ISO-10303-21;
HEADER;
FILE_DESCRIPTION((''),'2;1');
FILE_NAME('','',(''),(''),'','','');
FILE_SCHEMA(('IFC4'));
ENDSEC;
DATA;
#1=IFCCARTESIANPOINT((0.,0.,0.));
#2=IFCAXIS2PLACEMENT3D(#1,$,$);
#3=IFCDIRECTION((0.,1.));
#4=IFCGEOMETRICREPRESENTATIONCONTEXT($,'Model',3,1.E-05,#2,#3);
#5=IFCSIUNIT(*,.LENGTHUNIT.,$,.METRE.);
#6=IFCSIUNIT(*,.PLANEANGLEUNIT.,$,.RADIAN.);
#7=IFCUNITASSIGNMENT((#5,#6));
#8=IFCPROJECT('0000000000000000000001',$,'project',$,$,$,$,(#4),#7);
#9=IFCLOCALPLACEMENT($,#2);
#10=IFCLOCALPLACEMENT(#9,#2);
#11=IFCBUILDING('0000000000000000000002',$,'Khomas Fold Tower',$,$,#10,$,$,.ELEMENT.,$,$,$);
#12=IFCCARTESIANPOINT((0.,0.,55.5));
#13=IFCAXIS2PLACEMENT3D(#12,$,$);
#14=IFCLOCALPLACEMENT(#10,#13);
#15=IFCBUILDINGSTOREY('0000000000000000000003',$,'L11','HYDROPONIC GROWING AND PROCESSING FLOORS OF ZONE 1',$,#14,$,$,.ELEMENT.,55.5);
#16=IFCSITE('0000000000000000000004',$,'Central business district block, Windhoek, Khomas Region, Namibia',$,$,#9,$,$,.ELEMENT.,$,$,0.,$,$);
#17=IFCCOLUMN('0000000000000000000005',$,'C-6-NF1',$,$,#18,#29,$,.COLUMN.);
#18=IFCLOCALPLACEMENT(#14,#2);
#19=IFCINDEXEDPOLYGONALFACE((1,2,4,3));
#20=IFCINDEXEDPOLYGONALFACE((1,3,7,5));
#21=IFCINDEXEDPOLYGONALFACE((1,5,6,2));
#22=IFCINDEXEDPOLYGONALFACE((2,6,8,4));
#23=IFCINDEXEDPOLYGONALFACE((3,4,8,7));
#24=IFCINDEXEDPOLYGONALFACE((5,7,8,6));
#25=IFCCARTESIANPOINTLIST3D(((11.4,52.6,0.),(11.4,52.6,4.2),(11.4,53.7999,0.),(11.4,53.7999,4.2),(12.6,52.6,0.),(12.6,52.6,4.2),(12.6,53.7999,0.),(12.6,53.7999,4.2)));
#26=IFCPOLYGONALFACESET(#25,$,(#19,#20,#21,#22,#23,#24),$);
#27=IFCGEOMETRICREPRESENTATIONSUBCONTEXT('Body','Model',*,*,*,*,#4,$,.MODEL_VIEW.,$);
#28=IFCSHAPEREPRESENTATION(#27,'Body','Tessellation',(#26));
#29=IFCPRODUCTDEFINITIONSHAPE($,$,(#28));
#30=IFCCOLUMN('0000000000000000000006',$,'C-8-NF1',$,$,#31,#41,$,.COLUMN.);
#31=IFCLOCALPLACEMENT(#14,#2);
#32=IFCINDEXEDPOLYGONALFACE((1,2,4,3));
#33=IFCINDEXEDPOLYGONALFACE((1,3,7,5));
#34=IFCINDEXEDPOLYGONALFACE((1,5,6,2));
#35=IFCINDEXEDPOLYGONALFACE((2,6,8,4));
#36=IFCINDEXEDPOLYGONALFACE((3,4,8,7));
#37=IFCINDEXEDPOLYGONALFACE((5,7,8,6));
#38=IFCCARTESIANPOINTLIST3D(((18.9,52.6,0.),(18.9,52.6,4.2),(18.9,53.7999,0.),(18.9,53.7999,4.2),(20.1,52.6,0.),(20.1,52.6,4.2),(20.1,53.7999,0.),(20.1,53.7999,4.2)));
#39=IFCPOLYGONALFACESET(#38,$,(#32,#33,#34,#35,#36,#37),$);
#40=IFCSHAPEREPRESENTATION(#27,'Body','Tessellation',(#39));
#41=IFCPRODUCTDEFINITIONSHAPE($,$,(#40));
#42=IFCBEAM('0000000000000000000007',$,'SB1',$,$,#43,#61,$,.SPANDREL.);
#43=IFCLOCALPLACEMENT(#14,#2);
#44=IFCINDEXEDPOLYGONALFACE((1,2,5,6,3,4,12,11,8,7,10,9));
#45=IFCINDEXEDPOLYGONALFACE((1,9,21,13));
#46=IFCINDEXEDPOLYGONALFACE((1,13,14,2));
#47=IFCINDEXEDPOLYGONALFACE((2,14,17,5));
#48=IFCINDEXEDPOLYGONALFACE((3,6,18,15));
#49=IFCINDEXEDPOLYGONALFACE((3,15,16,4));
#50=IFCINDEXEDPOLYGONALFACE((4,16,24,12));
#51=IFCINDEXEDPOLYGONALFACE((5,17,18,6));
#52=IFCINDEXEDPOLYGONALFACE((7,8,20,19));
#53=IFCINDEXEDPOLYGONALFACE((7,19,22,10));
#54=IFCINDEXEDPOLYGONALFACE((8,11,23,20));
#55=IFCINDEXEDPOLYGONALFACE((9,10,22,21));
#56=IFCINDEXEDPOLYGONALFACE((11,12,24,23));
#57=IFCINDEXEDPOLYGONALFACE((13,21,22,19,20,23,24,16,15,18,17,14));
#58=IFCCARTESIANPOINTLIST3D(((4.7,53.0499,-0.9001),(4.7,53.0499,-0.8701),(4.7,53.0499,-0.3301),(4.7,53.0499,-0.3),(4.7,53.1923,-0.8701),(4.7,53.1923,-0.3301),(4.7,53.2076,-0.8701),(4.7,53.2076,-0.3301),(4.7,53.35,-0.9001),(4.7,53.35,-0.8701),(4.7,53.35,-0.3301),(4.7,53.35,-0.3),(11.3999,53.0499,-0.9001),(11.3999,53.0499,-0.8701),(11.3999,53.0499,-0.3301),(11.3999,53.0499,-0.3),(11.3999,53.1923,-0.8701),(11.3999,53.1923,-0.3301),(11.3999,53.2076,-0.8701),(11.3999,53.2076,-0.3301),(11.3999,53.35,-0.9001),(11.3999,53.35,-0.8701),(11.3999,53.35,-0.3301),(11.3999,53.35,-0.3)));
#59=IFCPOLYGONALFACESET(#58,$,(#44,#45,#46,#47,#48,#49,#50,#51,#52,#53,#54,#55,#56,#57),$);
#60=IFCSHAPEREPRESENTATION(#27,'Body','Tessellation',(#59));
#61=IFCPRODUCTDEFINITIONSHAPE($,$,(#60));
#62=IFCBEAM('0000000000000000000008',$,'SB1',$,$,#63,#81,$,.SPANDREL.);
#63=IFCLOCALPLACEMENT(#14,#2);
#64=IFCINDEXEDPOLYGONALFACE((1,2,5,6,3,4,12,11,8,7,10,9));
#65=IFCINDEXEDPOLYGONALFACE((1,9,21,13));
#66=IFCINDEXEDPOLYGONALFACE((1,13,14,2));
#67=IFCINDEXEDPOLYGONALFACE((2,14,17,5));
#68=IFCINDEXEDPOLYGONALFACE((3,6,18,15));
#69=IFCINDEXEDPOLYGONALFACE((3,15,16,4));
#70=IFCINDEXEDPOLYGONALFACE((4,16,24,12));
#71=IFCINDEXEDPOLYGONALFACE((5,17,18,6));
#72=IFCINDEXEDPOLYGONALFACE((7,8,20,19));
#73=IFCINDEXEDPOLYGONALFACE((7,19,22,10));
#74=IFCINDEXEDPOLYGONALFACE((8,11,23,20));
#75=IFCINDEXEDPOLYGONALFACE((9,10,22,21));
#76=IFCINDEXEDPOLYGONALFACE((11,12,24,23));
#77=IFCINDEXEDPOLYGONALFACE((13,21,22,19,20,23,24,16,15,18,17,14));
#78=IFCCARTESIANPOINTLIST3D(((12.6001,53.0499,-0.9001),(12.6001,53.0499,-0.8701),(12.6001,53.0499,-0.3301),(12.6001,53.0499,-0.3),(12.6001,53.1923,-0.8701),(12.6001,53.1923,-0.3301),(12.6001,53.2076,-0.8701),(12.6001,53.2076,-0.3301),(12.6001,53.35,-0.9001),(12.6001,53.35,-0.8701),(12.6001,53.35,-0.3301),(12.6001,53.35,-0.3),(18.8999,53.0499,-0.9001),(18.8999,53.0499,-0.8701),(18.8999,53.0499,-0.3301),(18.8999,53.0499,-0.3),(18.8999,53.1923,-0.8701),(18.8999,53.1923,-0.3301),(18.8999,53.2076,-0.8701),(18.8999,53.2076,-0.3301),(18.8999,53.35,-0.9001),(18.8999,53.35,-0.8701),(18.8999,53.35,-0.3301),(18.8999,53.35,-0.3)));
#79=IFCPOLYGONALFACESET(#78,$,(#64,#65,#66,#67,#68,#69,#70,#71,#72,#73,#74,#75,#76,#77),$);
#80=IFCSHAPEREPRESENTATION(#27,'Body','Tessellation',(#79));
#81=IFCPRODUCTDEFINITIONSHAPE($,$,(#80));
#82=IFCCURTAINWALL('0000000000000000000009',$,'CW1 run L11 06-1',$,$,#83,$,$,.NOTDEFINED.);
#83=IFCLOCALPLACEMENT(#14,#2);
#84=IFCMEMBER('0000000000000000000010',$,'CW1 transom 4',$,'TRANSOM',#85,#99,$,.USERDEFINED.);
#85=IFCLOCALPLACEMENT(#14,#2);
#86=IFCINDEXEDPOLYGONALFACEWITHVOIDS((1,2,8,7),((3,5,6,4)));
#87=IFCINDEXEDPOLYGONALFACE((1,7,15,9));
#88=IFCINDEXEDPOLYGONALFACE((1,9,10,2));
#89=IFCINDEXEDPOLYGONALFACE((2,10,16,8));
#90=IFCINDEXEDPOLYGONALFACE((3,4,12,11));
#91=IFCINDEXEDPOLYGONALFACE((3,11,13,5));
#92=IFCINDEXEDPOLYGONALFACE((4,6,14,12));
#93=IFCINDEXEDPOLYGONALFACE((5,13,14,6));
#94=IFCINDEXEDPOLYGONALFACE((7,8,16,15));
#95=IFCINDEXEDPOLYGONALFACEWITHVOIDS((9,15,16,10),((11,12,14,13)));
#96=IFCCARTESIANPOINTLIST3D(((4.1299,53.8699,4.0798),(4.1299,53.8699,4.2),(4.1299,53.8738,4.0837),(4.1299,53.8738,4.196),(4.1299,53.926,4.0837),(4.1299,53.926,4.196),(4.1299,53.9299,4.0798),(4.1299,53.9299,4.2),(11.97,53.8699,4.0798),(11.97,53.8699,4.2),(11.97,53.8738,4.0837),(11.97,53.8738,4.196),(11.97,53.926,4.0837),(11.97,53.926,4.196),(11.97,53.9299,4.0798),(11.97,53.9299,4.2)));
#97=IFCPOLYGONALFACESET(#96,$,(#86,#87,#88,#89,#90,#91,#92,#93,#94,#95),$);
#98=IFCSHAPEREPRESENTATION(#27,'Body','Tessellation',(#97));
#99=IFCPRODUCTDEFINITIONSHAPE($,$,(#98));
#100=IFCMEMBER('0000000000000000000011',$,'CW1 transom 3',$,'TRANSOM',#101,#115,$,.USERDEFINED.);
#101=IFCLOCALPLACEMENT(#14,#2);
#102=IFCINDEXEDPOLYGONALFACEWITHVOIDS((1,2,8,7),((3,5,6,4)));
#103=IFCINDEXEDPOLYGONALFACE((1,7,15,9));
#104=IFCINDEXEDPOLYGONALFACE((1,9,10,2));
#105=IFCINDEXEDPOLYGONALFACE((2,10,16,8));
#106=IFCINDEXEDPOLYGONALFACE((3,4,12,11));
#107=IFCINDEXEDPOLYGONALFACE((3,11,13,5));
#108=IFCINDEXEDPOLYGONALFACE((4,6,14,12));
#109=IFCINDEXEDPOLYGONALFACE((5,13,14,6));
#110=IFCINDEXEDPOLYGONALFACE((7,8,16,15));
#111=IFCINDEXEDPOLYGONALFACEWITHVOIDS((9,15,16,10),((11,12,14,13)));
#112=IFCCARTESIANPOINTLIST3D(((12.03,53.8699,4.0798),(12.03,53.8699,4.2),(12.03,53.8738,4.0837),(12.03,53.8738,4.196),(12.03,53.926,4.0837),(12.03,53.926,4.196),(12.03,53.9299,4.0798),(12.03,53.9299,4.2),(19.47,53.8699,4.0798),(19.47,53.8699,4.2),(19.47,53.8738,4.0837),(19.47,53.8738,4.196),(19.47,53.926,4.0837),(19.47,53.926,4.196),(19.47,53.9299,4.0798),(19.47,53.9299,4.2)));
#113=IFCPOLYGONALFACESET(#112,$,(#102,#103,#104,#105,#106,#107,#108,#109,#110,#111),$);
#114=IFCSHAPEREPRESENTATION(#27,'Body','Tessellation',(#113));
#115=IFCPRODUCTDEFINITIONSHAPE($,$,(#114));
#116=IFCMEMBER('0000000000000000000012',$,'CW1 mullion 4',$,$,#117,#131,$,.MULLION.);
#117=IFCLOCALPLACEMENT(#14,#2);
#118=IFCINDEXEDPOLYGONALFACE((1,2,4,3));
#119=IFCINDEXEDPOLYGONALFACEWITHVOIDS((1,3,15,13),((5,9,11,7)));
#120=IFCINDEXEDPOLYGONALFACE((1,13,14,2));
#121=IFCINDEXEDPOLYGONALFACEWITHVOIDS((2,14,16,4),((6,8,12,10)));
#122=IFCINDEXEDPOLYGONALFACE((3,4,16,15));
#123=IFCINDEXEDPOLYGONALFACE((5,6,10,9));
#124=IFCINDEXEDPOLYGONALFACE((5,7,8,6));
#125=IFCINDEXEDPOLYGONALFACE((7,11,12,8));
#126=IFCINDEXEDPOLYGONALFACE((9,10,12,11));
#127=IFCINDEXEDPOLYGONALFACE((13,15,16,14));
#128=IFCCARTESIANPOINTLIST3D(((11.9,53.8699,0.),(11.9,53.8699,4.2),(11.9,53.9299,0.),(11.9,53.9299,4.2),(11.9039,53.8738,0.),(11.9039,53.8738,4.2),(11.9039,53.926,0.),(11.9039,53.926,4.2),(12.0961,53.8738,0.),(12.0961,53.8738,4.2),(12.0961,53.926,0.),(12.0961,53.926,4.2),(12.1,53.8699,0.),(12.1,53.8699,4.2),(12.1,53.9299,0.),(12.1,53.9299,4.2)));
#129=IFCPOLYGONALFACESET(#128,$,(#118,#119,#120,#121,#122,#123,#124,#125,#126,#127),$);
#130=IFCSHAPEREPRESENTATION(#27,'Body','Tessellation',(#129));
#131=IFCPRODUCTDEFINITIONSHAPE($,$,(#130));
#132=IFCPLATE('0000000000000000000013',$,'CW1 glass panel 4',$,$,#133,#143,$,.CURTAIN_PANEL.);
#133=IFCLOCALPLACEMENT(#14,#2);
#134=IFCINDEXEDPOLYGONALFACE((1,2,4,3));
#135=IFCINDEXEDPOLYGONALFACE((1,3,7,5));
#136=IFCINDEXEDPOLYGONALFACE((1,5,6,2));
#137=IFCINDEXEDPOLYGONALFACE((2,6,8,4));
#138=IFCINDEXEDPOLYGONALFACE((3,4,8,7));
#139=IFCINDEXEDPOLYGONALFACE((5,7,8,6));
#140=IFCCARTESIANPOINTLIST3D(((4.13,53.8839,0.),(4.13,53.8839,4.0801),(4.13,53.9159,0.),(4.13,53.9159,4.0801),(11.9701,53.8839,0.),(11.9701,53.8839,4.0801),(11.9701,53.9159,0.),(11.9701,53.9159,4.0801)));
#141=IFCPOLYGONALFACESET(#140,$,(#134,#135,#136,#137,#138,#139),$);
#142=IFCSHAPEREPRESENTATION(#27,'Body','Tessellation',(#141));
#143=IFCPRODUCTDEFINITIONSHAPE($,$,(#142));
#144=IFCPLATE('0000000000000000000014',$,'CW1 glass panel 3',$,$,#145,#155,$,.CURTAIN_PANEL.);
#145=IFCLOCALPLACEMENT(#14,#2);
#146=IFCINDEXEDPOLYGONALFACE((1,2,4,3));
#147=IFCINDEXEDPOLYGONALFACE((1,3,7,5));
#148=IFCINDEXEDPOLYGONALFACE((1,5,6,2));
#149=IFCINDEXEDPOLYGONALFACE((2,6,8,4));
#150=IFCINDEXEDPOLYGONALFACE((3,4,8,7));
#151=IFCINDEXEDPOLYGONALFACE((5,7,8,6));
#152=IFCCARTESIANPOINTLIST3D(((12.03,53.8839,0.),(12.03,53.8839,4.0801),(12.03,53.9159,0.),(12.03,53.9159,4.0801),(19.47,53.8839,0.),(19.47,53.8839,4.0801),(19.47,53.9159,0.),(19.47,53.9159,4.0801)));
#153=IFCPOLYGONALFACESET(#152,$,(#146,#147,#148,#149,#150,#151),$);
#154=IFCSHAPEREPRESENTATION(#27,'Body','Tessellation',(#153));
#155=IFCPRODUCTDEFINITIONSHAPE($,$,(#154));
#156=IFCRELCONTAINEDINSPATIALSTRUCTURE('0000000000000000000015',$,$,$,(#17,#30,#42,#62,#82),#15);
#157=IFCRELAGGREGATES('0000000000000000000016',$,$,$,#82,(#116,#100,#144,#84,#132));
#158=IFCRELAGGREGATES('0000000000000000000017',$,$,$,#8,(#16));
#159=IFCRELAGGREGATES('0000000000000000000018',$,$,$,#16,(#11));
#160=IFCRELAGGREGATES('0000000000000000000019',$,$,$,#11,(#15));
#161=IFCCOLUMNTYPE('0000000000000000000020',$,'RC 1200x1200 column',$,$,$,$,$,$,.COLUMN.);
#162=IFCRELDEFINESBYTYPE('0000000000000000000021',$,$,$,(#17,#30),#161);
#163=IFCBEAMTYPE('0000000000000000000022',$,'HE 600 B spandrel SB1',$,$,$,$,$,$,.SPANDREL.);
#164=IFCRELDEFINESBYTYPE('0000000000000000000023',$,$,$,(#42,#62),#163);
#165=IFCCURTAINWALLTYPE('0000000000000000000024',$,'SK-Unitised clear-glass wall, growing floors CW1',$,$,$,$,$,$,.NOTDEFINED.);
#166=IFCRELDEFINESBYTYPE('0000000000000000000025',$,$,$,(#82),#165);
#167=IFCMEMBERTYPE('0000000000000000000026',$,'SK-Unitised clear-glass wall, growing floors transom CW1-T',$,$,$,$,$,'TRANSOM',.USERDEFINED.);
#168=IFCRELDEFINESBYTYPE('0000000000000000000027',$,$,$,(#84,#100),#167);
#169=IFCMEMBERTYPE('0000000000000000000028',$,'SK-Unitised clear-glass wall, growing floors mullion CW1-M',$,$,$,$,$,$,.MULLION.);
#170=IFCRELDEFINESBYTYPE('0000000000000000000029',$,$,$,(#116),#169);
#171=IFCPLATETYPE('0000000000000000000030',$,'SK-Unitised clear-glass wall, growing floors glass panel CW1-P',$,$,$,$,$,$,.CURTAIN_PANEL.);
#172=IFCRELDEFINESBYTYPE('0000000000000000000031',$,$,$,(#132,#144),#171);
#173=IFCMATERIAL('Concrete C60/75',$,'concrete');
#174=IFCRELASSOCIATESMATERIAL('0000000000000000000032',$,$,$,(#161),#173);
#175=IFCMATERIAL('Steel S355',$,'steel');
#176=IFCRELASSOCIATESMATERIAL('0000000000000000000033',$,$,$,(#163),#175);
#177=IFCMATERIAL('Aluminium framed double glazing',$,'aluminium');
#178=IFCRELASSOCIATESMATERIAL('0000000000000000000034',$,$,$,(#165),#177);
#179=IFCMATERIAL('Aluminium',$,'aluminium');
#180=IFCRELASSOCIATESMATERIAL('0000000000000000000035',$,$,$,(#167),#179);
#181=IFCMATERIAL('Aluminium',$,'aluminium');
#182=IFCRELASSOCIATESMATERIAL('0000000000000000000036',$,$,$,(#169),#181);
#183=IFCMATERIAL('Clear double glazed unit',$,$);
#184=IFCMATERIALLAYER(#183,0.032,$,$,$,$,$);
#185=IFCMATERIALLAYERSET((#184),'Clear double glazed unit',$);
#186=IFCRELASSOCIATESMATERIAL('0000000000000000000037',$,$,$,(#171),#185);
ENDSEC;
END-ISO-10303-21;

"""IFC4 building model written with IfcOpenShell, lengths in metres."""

from ifc_helpers import new_model, si_unit, direction, frame, origin, origin_2d, place, context, subcontext, project, spatial, rectangle, hollow_rectangle, i_section, extrude, source, transform, mapped, material, layer, layer_set, material_profile, profile_set, type_object, element, aggregate, save


model = new_model("IFC4")

# Units and contexts
model_context = context("Model", 3, precision=1e-05, world=origin(), true_north=direction((0.0, 1.0)))
body_context = subcontext(model_context, "Body", "Model", "MODEL_VIEW")
ifc_project = project(units=[si_unit("LENGTHUNIT", "METRE"), si_unit("PLANEANGLEUNIT", "RADIAN")], contexts=[model_context])

# Site, building, storey
site_placement = place(None, origin())
site = spatial("IfcSite", under=ifc_project, at=site_placement, Name="Central business district block, Windhoek, Khomas Region, Namibia", CompositionType="ELEMENT", RefElevation=0.0)
building_placement = place(site_placement, origin())
building = spatial("IfcBuilding", under=site, at=building_placement, Name="Khomas Fold Tower", CompositionType="ELEMENT")
storey_placement = place(building_placement, frame((0.0, 0.0, 55.5)))
storey = spatial("IfcBuildingStorey", under=building, at=storey_placement, Name="L11", Description="HYDROPONIC GROWING AND PROCESSING FLOORS OF ZONE 1", CompositionType="ELEMENT", Elevation=55.5)

# Columns
ifc_material_1 = material(Name="Concrete C60/75", Category="concrete")
ifc_material_profile_1 = material_profile(ifc_material_1, rectangle(XDim=1.2, YDim=1.2, at=origin_2d()), Name="RC 1200x1200")
ifc_profile_set_1 = profile_set([ifc_material_profile_1], Name="Concrete C60/75")
column_type = type_object("IfcColumnType", Name="RC 1200x1200 column", PredefinedType="COLUMN", material=ifc_profile_set_1)
shared_shape_1 = source(origin(), body_context, "Body", "SweptSolid", [
    extrude(rectangle(XDim=1.2, YDim=1.2, at=origin_2d()), origin(), (0.0, 0.0, 1.0), 4.2),
])
for number, where, z_axis, x_axis, name in (
    (1, (12.0, 53.2, 0.0), (0.0, 0.0, 1.0), (1.0, 0.0, 0.0), "C-6-NF1"),
    (2, (19.5, 53.2, 0.0), (0.0, 0.0, 1.0), (1.0, 0.0, 0.0), "C-8-NF1"),
):
    element("IfcColumn", number, at=place(storey_placement, frame(where, z_axis=z_axis, x_axis=x_axis)), inside=storey, type_object=column_type, Name=name, PredefinedType="COLUMN", context=body_context, shape_type="MappedRepresentation", body=[
        mapped(shared_shape_1, transform((0.0, 0.0, 0.0))),
    ])

# Beams
ifc_material_2 = material(Name="Steel S355", Category="steel")
ifc_material_profile_2 = material_profile(ifc_material_2, i_section(OverallWidth=0.3, OverallDepth=0.6001, WebThickness=0.0154, FlangeThickness=0.03, at=origin_2d()), Name="HE 600 B")
ifc_profile_set_2 = profile_set([ifc_material_profile_2], Name="Steel S355")
beam_type = type_object("IfcBeamType", Name="HE 600 B spandrel SB1", PredefinedType="SPANDREL", material=ifc_profile_set_2)
shared_shape_2 = source(origin(), body_context, "Body", "SweptSolid", [
    extrude(i_section(OverallWidth=0.3, OverallDepth=0.6001, WebThickness=0.0154, FlangeThickness=0.03, at=origin_2d()), origin(), (0.0, 0.0, 1.0), 6.7),
])
beam_1_placement = place(storey_placement, frame((4.7, 53.2, -0.6001), z_axis=(1.0, 0.0, 0.0), x_axis=(0.0, 1.0, 0.0)))
element("IfcBeam", 3, at=beam_1_placement, inside=storey, type_object=beam_type, Name="SB1", PredefinedType="SPANDREL", context=body_context, shape_type="MappedRepresentation", body=[
    mapped(shared_shape_2, transform((0.0, 0.0, 0.0))),
])
shared_shape_3 = source(origin(), body_context, "Body", "SweptSolid", [
    extrude(i_section(OverallWidth=0.3, OverallDepth=0.6001, WebThickness=0.0154, FlangeThickness=0.03, at=origin_2d()), origin(), (0.0, 0.0, 1.0), 6.2998),
])
beam_2_placement = place(storey_placement, frame((12.6001, 53.2, -0.6001), z_axis=(1.0, 0.0, 0.0), x_axis=(0.0, 1.0, 0.0)))
element("IfcBeam", 4, at=beam_2_placement, inside=storey, type_object=beam_type, Name="SB1", PredefinedType="SPANDREL", context=body_context, shape_type="MappedRepresentation", body=[
    mapped(shared_shape_3, transform((0.0, 0.0, 0.0))),
])

# Curtain wall, members, plates
ifc_material_3 = material(Name="Aluminium framed double glazing", Category="aluminium")
curtain_wall_type = type_object("IfcCurtainWallType", Name="SK-Unitised clear-glass wall, growing floors CW1", PredefinedType="NOTDEFINED", material=ifc_material_3)
curtain_wall_placement = place(storey_placement, origin())
curtain_wall = element("IfcCurtainWall", 5, at=curtain_wall_placement, inside=storey, type_object=curtain_wall_type, Name="CW1 run L11 06-1", PredefinedType="NOTDEFINED")
ifc_material_4 = material(Name="Aluminium", Category="aluminium")
ifc_material_profile_3 = material_profile(ifc_material_4, hollow_rectangle(XDim=0.0601, YDim=0.1201, WallThickness=0.0039, at=origin_2d()), Name="SK-Unitised clear-glass wall, growing floors transom CW1-T")
ifc_profile_set_3 = profile_set([ifc_material_profile_3], Name="Aluminium")
member_type_1 = type_object("IfcMemberType", Name="SK-Unitised clear-glass wall, growing floors transom CW1-T", ElementType="TRANSOM", PredefinedType="USERDEFINED", material=ifc_profile_set_3)
shared_shape_4 = source(origin(), body_context, "Body", "SweptSolid", [
    extrude(hollow_rectangle(XDim=0.0601, YDim=0.1201, WallThickness=0.0039, at=origin_2d()), origin(), (0.0, 0.0, 1.0), 7.8401),
])
member_1_placement = place(storey_placement, frame((11.97, 53.8999, 4.1399), z_axis=(-1.0, 0.0, 0.0), x_axis=(0.0, -1.0, 0.0)))
member_1 = element("IfcMember", 6, at=member_1_placement, type_object=member_type_1, Name="CW1 transom 4", ObjectType="TRANSOM", PredefinedType="USERDEFINED", context=body_context, shape_type="MappedRepresentation", body=[
    mapped(shared_shape_4, transform((0.0, 0.0, 0.0))),
])
shared_shape_5 = source(origin(), body_context, "Body", "SweptSolid", [
    extrude(hollow_rectangle(XDim=0.0601, YDim=0.1201, WallThickness=0.0039, at=origin_2d()), origin(), (0.0, 0.0, 1.0), 7.4399),
])
member_2_placement = place(storey_placement, frame((19.47, 53.8999, 4.1399), z_axis=(-1.0, 0.0, 0.0), x_axis=(0.0, -1.0, 0.0)))
member_2 = element("IfcMember", 7, at=member_2_placement, type_object=member_type_1, Name="CW1 transom 3", ObjectType="TRANSOM", PredefinedType="USERDEFINED", context=body_context, shape_type="MappedRepresentation", body=[
    mapped(shared_shape_5, transform((0.0, 0.0, 0.0))),
])
ifc_material_5 = material(Name="Aluminium", Category="aluminium")
ifc_material_profile_4 = material_profile(ifc_material_5, hollow_rectangle(XDim=0.0601, YDim=0.2, WallThickness=0.0039, at=origin_2d()), Name="SK-Unitised clear-glass wall, growing floors mullion CW1-M")
ifc_profile_set_4 = profile_set([ifc_material_profile_4], Name="Aluminium")
member_type_2 = type_object("IfcMemberType", Name="SK-Unitised clear-glass wall, growing floors mullion CW1-M", PredefinedType="MULLION", material=ifc_profile_set_4)
shared_shape_6 = source(origin(), body_context, "Body", "SweptSolid", [
    extrude(hollow_rectangle(XDim=0.0601, YDim=0.2, WallThickness=0.0039, at=origin_2d()), origin(), (0.0, 0.0, 1.0), 4.2),
])
member_3_placement = place(storey_placement, frame((12.0, 53.8999, 0.0), z_axis=(0.0, 0.0, 1.0), x_axis=(0.0, -1.0, 0.0)))
member_3 = element("IfcMember", 8, at=member_3_placement, type_object=member_type_2, Name="CW1 mullion 4", PredefinedType="MULLION", context=body_context, shape_type="MappedRepresentation", body=[
    mapped(shared_shape_6, transform((0.0, 0.0, 0.0))),
])
ifc_material_6 = material(Name="Clear double glazed unit")
ifc_layer_1 = layer(ifc_material_6, 0.032)
ifc_layer_set_1 = layer_set([ifc_layer_1], Name="Clear double glazed unit")
plate_type = type_object("IfcPlateType", Name="SK-Unitised clear-glass wall, growing floors glass panel CW1-P", PredefinedType="CURTAIN_PANEL", material=ifc_layer_set_1)
shared_shape_7 = source(origin(), body_context, "Body", "SweptSolid", [
    extrude(rectangle(XDim=7.8401, YDim=0.032, at=origin_2d()), origin(), (0.0, 0.0, 1.0), 4.0801),
])
plate_1_placement = place(storey_placement, frame((8.05, 53.8999, 0.0), z_axis=(0.0, 0.0, 1.0), x_axis=(-1.0, 0.0, 0.0)))
plate_1 = element("IfcPlate", 9, at=plate_1_placement, type_object=plate_type, Name="CW1 glass panel 4", PredefinedType="CURTAIN_PANEL", context=body_context, shape_type="MappedRepresentation", body=[
    mapped(shared_shape_7, transform((0.0, 0.0, 0.0))),
])
shared_shape_8 = source(origin(), body_context, "Body", "SweptSolid", [
    extrude(rectangle(XDim=7.4399, YDim=0.032, at=origin_2d()), origin(), (0.0, 0.0, 1.0), 4.0801),
])
plate_2_placement = place(storey_placement, frame((15.75, 53.8999, 0.0), z_axis=(0.0, 0.0, 1.0), x_axis=(-1.0, 0.0, 0.0)))
plate_2 = element("IfcPlate", 10, at=plate_2_placement, type_object=plate_type, Name="CW1 glass panel 3", PredefinedType="CURTAIN_PANEL", context=body_context, shape_type="MappedRepresentation", body=[
    mapped(shared_shape_8, transform((0.0, 0.0, 0.0))),
])
aggregate(curtain_wall, [member_3, member_2, plate_2, member_1, plate_1])

save(model, "model.ifc")
